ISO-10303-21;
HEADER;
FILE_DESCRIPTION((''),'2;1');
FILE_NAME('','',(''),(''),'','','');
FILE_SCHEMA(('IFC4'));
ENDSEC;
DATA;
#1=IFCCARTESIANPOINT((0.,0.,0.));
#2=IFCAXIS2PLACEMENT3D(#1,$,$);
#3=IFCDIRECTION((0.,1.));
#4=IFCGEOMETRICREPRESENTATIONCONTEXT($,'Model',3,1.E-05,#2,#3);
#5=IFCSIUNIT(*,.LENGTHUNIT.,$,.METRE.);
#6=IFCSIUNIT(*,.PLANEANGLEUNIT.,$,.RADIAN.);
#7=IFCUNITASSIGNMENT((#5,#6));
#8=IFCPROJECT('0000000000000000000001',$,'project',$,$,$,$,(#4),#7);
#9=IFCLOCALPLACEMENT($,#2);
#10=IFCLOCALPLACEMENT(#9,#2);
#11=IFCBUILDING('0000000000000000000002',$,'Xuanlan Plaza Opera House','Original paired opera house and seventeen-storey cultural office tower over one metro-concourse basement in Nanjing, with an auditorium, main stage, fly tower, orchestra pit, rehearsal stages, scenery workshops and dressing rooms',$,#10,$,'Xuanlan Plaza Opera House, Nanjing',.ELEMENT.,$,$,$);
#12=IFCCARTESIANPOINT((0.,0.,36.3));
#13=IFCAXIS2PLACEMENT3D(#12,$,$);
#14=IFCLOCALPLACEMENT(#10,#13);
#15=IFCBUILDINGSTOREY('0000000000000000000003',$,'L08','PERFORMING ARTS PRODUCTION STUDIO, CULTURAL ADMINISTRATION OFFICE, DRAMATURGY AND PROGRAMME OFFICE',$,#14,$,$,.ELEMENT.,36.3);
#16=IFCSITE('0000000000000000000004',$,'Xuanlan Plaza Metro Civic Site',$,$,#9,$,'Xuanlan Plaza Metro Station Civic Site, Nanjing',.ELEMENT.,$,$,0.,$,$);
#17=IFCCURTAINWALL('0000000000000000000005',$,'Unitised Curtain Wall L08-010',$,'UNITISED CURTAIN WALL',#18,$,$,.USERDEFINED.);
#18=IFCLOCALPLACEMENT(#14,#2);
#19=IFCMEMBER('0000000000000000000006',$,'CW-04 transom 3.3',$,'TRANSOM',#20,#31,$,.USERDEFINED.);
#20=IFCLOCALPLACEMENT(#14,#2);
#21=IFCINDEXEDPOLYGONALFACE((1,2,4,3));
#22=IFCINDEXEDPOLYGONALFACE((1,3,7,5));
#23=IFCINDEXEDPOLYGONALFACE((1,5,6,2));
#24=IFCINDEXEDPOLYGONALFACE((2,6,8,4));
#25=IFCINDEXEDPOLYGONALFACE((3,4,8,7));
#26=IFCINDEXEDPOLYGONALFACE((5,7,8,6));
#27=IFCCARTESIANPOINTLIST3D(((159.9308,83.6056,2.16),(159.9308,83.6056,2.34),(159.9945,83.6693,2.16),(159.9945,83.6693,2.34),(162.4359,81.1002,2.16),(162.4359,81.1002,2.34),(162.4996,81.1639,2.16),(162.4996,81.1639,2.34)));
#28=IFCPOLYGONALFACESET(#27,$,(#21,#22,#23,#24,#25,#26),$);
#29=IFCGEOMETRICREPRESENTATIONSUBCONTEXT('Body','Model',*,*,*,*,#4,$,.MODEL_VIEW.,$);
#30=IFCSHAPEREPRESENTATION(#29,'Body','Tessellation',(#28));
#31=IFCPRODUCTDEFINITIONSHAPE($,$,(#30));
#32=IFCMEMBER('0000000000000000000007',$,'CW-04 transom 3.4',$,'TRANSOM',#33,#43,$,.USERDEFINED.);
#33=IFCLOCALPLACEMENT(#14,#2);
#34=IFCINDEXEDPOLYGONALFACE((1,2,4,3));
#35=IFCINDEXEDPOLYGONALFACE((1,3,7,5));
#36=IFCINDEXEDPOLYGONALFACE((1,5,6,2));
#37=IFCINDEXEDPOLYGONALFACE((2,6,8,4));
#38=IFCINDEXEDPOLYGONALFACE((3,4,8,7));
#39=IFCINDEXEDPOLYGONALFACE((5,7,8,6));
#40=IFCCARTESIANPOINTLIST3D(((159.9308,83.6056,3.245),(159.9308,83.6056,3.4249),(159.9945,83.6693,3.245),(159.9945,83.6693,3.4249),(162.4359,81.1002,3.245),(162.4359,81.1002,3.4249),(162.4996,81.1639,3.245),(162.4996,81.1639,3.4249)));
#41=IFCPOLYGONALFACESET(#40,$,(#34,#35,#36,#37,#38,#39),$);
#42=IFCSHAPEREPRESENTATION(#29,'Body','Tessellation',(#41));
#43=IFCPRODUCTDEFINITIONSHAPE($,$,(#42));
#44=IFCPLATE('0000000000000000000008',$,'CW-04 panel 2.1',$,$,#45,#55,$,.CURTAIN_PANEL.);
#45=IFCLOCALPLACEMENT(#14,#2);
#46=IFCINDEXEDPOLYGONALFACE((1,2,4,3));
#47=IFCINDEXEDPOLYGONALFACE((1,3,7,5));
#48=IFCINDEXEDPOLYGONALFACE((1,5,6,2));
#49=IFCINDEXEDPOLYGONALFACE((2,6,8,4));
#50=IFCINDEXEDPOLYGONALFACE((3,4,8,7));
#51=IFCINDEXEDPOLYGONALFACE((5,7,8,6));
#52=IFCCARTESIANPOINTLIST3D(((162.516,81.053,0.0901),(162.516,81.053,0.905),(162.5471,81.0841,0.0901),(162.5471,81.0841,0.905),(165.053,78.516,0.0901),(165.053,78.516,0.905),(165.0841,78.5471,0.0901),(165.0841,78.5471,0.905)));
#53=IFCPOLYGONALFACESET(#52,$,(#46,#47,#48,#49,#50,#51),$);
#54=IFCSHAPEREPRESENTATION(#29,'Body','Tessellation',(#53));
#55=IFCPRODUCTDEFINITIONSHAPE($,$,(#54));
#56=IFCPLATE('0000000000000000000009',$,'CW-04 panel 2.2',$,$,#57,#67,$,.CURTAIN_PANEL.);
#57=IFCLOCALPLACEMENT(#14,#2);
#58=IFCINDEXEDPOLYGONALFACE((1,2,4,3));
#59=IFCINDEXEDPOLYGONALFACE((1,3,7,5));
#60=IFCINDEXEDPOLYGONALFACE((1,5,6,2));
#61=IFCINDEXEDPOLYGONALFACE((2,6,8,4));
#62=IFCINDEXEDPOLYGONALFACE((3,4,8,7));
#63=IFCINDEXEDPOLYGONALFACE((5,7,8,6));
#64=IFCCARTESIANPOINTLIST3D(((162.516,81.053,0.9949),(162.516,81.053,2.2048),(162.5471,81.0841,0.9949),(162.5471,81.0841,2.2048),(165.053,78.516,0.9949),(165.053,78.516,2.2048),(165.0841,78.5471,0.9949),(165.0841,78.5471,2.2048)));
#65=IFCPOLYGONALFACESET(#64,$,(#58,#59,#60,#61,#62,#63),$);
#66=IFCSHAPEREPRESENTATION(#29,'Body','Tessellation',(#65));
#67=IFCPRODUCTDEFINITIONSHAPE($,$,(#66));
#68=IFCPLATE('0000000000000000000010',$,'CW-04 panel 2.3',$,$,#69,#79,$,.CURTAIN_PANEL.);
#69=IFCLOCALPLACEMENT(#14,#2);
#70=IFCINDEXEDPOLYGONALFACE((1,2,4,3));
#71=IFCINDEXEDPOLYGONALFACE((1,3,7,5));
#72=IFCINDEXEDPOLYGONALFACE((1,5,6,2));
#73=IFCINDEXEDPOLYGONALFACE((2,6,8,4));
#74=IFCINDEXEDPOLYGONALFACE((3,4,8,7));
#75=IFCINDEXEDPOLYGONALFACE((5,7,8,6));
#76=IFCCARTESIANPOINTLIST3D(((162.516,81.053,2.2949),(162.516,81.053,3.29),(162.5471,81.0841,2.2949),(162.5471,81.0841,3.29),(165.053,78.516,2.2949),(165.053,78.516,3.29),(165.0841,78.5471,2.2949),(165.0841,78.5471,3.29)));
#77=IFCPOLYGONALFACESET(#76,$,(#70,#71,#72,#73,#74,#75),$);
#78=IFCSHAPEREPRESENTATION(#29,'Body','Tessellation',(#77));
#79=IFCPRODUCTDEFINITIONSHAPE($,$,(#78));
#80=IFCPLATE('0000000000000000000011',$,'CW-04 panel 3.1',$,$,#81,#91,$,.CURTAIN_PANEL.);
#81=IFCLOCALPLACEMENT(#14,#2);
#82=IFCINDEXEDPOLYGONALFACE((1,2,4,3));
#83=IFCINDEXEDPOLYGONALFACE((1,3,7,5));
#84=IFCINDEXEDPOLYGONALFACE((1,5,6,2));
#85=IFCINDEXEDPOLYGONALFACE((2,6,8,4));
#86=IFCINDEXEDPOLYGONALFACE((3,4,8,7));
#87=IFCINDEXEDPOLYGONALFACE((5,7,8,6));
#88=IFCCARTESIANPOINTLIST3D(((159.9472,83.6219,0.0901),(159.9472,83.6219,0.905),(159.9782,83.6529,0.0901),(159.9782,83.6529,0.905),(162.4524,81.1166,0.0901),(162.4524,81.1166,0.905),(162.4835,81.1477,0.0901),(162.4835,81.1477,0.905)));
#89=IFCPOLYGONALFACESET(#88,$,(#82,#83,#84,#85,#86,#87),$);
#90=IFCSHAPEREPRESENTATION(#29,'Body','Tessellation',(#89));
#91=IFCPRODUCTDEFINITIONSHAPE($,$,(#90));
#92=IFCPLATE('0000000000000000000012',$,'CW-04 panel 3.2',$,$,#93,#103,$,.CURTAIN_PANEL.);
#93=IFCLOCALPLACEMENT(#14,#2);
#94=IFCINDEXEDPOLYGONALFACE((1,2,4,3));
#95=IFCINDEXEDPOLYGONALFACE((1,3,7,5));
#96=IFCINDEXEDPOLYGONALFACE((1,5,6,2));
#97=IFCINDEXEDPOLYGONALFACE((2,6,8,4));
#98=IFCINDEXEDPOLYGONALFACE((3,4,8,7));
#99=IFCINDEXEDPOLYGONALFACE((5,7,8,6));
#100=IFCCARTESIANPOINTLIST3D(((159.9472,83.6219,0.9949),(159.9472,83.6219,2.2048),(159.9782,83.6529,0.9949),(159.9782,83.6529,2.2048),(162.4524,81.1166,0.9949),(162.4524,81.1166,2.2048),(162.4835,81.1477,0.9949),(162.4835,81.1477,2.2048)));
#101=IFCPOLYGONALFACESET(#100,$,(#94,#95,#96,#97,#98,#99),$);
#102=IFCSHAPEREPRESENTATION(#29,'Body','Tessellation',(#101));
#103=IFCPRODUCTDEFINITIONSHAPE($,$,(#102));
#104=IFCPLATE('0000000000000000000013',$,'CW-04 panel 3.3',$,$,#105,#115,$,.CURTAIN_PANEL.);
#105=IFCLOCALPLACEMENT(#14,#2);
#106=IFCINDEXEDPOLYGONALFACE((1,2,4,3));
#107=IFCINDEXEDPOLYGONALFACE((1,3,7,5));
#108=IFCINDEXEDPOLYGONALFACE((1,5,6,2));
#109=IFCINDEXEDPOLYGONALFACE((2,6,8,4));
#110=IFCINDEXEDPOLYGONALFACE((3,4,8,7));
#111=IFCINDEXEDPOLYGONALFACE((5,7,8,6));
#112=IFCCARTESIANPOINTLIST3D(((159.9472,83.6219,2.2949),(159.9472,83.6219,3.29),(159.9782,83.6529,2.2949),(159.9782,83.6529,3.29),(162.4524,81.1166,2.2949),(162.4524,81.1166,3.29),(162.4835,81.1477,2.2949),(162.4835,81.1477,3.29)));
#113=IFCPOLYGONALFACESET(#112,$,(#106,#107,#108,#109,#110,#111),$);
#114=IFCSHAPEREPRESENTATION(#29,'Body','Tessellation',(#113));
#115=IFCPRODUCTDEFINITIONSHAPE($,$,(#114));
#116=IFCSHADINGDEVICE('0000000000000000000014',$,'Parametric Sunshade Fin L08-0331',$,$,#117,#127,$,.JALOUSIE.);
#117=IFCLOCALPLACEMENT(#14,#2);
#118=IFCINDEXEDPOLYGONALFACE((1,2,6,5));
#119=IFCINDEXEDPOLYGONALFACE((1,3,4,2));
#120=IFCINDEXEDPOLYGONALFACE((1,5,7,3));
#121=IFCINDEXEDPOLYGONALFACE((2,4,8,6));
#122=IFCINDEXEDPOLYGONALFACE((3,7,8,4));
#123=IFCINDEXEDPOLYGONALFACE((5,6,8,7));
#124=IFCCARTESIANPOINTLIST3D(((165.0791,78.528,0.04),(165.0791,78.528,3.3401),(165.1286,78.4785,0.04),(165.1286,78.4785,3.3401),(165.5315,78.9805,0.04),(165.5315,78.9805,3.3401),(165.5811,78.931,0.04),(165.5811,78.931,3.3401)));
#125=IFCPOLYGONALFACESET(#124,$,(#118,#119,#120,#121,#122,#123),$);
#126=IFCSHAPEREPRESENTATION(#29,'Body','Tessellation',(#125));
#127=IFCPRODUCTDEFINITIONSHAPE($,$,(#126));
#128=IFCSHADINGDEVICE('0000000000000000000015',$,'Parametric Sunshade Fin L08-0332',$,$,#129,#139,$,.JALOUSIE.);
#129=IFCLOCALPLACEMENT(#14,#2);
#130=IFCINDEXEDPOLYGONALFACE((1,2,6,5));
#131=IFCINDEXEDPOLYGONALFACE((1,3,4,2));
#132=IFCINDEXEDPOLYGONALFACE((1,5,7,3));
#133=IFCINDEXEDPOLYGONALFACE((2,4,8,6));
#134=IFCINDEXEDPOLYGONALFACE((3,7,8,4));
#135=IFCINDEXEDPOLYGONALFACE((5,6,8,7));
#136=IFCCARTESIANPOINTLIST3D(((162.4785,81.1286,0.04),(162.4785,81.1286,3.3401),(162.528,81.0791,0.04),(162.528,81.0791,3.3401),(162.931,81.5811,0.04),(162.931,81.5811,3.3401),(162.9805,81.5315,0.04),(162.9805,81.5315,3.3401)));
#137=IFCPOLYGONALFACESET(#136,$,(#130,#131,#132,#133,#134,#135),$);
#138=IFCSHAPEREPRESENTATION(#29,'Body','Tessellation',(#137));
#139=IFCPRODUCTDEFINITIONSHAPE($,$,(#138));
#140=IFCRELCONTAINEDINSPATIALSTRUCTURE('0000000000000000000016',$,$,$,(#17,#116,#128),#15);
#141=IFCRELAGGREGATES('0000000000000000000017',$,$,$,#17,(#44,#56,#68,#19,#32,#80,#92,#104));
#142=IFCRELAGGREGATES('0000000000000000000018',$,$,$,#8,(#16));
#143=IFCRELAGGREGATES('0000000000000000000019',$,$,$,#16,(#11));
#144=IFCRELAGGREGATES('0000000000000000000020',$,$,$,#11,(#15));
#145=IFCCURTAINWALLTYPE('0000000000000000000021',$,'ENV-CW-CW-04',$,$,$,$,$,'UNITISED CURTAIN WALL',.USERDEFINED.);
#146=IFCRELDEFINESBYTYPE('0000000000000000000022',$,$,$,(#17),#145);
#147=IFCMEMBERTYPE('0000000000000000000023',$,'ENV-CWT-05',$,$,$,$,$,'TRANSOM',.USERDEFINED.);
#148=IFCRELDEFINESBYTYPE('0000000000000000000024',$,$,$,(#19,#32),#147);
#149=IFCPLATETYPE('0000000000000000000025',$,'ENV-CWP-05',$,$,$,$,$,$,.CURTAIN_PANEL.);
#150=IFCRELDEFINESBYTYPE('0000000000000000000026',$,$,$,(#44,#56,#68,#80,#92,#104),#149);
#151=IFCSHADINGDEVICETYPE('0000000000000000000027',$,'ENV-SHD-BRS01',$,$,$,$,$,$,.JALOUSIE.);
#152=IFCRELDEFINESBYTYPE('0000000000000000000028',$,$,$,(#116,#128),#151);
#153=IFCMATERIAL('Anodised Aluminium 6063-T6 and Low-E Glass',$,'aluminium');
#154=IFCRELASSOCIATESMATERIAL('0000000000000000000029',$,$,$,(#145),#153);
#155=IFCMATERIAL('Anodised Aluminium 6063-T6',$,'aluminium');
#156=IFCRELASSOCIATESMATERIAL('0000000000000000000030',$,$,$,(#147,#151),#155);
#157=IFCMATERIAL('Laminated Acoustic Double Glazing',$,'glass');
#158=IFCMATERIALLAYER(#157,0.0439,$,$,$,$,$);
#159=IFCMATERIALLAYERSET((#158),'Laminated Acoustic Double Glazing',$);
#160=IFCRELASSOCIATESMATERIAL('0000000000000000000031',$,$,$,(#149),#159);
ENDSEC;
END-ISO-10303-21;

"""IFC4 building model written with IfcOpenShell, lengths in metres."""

from ifc_helpers import new_model, si_unit, direction, frame, origin, origin_2d, place, context, subcontext, project, spatial, rectangle, extrude, material, layer, layer_set, material_profile, profile_set, type_object, element, aggregate, save


model = new_model("IFC4")

# Units and contexts
model_context = context("Model", 3, precision=1e-05, world=origin(), true_north=direction((0.0, 1.0)))
body_context = subcontext(model_context, "Body", "Model", "MODEL_VIEW")
ifc_project = project(units=[si_unit("LENGTHUNIT", "METRE"), si_unit("PLANEANGLEUNIT", "RADIAN")], contexts=[model_context])

# Site, building, storey
site_placement = place(None, origin())
site = spatial("IfcSite", under=ifc_project, at=site_placement, Name="Xuanlan Plaza Metro Civic Site", LongName="Xuanlan Plaza Metro Station Civic Site, Nanjing", CompositionType="ELEMENT", RefElevation=0.0)
building_placement = place(site_placement, origin())
building = spatial("IfcBuilding", under=site, at=building_placement, Name="Xuanlan Plaza Opera House", Description="Original paired opera house and seventeen-storey cultural office tower over one metro-concourse basement in Nanjing, with an auditorium, main stage, fly tower, orchestra pit, rehearsal stages, scenery workshops and dressing rooms", LongName="Xuanlan Plaza Opera House, Nanjing", CompositionType="ELEMENT")
storey_placement = place(building_placement, frame((0.0, 0.0, 36.3)))
storey = spatial("IfcBuildingStorey", under=building, at=storey_placement, Name="L08", Description="PERFORMING ARTS PRODUCTION STUDIO, CULTURAL ADMINISTRATION OFFICE, DRAMATURGY AND PROGRAMME OFFICE", CompositionType="ELEMENT", Elevation=36.3)

# Shared definitions
ifc_material_1 = material(Name="Anodised Aluminium 6063-T6 and Low-E Glass", Category="aluminium")
ifc_material_2 = material(Name="Anodised Aluminium 6063-T6", Category="aluminium")

# Curtain wall, members, plates
curtain_wall_type_1 = type_object("IfcCurtainWallType", Name="ENV-CW-CW-04", ElementType="UNITISED CURTAIN WALL", PredefinedType="USERDEFINED", material=ifc_material_1)
curtain_wall_1_placement = place(storey_placement, origin())
curtain_wall_1 = element("IfcCurtainWall", 1, at=curtain_wall_1_placement, inside=storey, type_object=curtain_wall_type_1, Name="Unitised Curtain Wall L08-010", ObjectType="UNITISED CURTAIN WALL", PredefinedType="USERDEFINED")
ifc_material_profile_1 = material_profile(ifc_material_2, rectangle(XDim=0.0901, YDim=0.1799, at=origin_2d()), Name="ALU-T 90x180")
ifc_profile_set_1 = profile_set([ifc_material_profile_1], Name="Anodised Aluminium 6063-T6")
member_type_1 = type_object("IfcMemberType", Name="ENV-CWT-05", ElementType="TRANSOM", PredefinedType="USERDEFINED", material=ifc_profile_set_1)
member_1_placement = place(storey_placement, frame((162.4678, 81.1321, 2.25), z_axis=(-0.707072, 0.707141, 0.0), x_axis=(-0.707141, -0.707072, 0.0)))
member_1 = element("IfcMember", 2, at=member_1_placement, type_object=member_type_1, Name="CW-04 transom 3.3", ObjectType="TRANSOM", PredefinedType="USERDEFINED", context=body_context, shape_type="SweptSolid", body=[
    extrude(rectangle(XDim=0.0901, YDim=0.1799, at=origin_2d()), origin(), (0.0, 0.0, 1.0), 3.543),
])
member_2_placement = place(storey_placement, frame((162.4678, 81.1321, 3.335), z_axis=(-0.707072, 0.707141, 0.0), x_axis=(-0.707141, -0.707072, 0.0)))
member_2 = element("IfcMember", 3, at=member_2_placement, type_object=member_type_1, Name="CW-04 transom 3.4", ObjectType="TRANSOM", PredefinedType="USERDEFINED", context=body_context, shape_type="SweptSolid", body=[
    extrude(rectangle(XDim=0.0901, YDim=0.1799, at=origin_2d()), origin(), (0.0, 0.0, 1.0), 3.543),
])
ifc_material_3 = material(Name="Laminated Acoustic Double Glazing", Category="glass")
ifc_layer = layer(ifc_material_3, 0.0439)
ifc_layer_set = layer_set([ifc_layer], Name="Laminated Acoustic Double Glazing")
plate_type = type_object("IfcPlateType", Name="ENV-CWP-05", PredefinedType="CURTAIN_PANEL", material=ifc_layer_set)
plate_1_placement = place(storey_placement, frame((163.8, 79.8, 0.0901), z_axis=(0.0, 0.0, 1.0), x_axis=(-0.707107, 0.707107, 0.0)))
plate_1 = element("IfcPlate", 4, at=plate_1_placement, type_object=plate_type, Name="CW-04 panel 2.1", PredefinedType="CURTAIN_PANEL", context=body_context, shape_type="SweptSolid", body=[
    extrude(rectangle(XDim=3.5879, YDim=0.0439, at=origin_2d()), origin(), (0.0, 0.0, 1.0), 0.8149),
])
plate_2_placement = place(storey_placement, frame((163.8, 79.8, 0.9949), z_axis=(0.0, 0.0, 1.0), x_axis=(-0.707107, 0.707107, 0.0)))
plate_2 = element("IfcPlate", 5, at=plate_2_placement, type_object=plate_type, Name="CW-04 panel 2.2", PredefinedType="CURTAIN_PANEL", context=body_context, shape_type="SweptSolid", body=[
    extrude(rectangle(XDim=3.5879, YDim=0.0439, at=origin_2d()), origin(), (0.0, 0.0, 1.0), 1.21),
])
plate_3_placement = place(storey_placement, frame((163.8, 79.8, 2.2949), z_axis=(0.0, 0.0, 1.0), x_axis=(-0.707107, 0.707107, 0.0)))
plate_3 = element("IfcPlate", 6, at=plate_3_placement, type_object=plate_type, Name="CW-04 panel 2.3", PredefinedType="CURTAIN_PANEL", context=body_context, shape_type="SweptSolid", body=[
    extrude(rectangle(XDim=3.5879, YDim=0.0439, at=origin_2d()), origin(), (0.0, 0.0, 1.0), 0.9951),
])
plate_4_placement = place(storey_placement, frame((161.2153, 82.3848, 0.0901), z_axis=(0.0, 0.0, 1.0), x_axis=(-0.707107, 0.707107, 0.0)))
plate_4 = element("IfcPlate", 7, at=plate_4_placement, type_object=plate_type, Name="CW-04 panel 3.1", PredefinedType="CURTAIN_PANEL", context=body_context, shape_type="SweptSolid", body=[
    extrude(rectangle(XDim=3.543, YDim=0.0439, at=origin_2d()), origin(), (0.0, 0.0, 1.0), 0.8149),
])
plate_5_placement = place(storey_placement, frame((161.2153, 82.3848, 0.9949), z_axis=(0.0, 0.0, 1.0), x_axis=(-0.707107, 0.707107, 0.0)))
plate_5 = element("IfcPlate", 8, at=plate_5_placement, type_object=plate_type, Name="CW-04 panel 3.2", PredefinedType="CURTAIN_PANEL", context=body_context, shape_type="SweptSolid", body=[
    extrude(rectangle(XDim=3.543, YDim=0.0439, at=origin_2d()), origin(), (0.0, 0.0, 1.0), 1.21),
])
plate_6_placement = place(storey_placement, frame((161.2153, 82.3848, 2.2949), z_axis=(0.0, 0.0, 1.0), x_axis=(-0.707107, 0.707107, 0.0)))
plate_6 = element("IfcPlate", 9, at=plate_6_placement, type_object=plate_type, Name="CW-04 panel 3.3", PredefinedType="CURTAIN_PANEL", context=body_context, shape_type="SweptSolid", body=[
    extrude(rectangle(XDim=3.543, YDim=0.0439, at=origin_2d()), origin(), (0.0, 0.0, 1.0), 0.9951),
])
aggregate(curtain_wall_1, [plate_1, plate_2, plate_3, member_1, member_2, plate_4, plate_5, plate_6])

# Shading devices
shading_device_type = type_object("IfcShadingDeviceType", Name="ENV-SHD-BRS01", PredefinedType="JALOUSIE", material=ifc_material_2)
for number, where, z_axis, x_axis, name in (
    (10, (165.3301, 78.7295, 0.04), (0.0, 0.0, 1.0), (0.707107, 0.707107, 0.0), "Parametric Sunshade Fin L08-0331"),
    (11, (162.7295, 81.3301, 0.04), (0.0, 0.0, 1.0), (0.707107, 0.707107, 0.0), "Parametric Sunshade Fin L08-0332"),
):
    element("IfcShadingDevice", number, at=place(storey_placement, frame(where, z_axis=z_axis, x_axis=x_axis)), inside=storey, type_object=shading_device_type, Name=name, PredefinedType="JALOUSIE", context=body_context, shape_type="SweptSolid", body=[
        extrude(rectangle(XDim=0.6399, YDim=0.0701, at=origin_2d()), origin(), (0.0, 0.0, 1.0), 3.3),
    ])

save(model, "model.ifc")
